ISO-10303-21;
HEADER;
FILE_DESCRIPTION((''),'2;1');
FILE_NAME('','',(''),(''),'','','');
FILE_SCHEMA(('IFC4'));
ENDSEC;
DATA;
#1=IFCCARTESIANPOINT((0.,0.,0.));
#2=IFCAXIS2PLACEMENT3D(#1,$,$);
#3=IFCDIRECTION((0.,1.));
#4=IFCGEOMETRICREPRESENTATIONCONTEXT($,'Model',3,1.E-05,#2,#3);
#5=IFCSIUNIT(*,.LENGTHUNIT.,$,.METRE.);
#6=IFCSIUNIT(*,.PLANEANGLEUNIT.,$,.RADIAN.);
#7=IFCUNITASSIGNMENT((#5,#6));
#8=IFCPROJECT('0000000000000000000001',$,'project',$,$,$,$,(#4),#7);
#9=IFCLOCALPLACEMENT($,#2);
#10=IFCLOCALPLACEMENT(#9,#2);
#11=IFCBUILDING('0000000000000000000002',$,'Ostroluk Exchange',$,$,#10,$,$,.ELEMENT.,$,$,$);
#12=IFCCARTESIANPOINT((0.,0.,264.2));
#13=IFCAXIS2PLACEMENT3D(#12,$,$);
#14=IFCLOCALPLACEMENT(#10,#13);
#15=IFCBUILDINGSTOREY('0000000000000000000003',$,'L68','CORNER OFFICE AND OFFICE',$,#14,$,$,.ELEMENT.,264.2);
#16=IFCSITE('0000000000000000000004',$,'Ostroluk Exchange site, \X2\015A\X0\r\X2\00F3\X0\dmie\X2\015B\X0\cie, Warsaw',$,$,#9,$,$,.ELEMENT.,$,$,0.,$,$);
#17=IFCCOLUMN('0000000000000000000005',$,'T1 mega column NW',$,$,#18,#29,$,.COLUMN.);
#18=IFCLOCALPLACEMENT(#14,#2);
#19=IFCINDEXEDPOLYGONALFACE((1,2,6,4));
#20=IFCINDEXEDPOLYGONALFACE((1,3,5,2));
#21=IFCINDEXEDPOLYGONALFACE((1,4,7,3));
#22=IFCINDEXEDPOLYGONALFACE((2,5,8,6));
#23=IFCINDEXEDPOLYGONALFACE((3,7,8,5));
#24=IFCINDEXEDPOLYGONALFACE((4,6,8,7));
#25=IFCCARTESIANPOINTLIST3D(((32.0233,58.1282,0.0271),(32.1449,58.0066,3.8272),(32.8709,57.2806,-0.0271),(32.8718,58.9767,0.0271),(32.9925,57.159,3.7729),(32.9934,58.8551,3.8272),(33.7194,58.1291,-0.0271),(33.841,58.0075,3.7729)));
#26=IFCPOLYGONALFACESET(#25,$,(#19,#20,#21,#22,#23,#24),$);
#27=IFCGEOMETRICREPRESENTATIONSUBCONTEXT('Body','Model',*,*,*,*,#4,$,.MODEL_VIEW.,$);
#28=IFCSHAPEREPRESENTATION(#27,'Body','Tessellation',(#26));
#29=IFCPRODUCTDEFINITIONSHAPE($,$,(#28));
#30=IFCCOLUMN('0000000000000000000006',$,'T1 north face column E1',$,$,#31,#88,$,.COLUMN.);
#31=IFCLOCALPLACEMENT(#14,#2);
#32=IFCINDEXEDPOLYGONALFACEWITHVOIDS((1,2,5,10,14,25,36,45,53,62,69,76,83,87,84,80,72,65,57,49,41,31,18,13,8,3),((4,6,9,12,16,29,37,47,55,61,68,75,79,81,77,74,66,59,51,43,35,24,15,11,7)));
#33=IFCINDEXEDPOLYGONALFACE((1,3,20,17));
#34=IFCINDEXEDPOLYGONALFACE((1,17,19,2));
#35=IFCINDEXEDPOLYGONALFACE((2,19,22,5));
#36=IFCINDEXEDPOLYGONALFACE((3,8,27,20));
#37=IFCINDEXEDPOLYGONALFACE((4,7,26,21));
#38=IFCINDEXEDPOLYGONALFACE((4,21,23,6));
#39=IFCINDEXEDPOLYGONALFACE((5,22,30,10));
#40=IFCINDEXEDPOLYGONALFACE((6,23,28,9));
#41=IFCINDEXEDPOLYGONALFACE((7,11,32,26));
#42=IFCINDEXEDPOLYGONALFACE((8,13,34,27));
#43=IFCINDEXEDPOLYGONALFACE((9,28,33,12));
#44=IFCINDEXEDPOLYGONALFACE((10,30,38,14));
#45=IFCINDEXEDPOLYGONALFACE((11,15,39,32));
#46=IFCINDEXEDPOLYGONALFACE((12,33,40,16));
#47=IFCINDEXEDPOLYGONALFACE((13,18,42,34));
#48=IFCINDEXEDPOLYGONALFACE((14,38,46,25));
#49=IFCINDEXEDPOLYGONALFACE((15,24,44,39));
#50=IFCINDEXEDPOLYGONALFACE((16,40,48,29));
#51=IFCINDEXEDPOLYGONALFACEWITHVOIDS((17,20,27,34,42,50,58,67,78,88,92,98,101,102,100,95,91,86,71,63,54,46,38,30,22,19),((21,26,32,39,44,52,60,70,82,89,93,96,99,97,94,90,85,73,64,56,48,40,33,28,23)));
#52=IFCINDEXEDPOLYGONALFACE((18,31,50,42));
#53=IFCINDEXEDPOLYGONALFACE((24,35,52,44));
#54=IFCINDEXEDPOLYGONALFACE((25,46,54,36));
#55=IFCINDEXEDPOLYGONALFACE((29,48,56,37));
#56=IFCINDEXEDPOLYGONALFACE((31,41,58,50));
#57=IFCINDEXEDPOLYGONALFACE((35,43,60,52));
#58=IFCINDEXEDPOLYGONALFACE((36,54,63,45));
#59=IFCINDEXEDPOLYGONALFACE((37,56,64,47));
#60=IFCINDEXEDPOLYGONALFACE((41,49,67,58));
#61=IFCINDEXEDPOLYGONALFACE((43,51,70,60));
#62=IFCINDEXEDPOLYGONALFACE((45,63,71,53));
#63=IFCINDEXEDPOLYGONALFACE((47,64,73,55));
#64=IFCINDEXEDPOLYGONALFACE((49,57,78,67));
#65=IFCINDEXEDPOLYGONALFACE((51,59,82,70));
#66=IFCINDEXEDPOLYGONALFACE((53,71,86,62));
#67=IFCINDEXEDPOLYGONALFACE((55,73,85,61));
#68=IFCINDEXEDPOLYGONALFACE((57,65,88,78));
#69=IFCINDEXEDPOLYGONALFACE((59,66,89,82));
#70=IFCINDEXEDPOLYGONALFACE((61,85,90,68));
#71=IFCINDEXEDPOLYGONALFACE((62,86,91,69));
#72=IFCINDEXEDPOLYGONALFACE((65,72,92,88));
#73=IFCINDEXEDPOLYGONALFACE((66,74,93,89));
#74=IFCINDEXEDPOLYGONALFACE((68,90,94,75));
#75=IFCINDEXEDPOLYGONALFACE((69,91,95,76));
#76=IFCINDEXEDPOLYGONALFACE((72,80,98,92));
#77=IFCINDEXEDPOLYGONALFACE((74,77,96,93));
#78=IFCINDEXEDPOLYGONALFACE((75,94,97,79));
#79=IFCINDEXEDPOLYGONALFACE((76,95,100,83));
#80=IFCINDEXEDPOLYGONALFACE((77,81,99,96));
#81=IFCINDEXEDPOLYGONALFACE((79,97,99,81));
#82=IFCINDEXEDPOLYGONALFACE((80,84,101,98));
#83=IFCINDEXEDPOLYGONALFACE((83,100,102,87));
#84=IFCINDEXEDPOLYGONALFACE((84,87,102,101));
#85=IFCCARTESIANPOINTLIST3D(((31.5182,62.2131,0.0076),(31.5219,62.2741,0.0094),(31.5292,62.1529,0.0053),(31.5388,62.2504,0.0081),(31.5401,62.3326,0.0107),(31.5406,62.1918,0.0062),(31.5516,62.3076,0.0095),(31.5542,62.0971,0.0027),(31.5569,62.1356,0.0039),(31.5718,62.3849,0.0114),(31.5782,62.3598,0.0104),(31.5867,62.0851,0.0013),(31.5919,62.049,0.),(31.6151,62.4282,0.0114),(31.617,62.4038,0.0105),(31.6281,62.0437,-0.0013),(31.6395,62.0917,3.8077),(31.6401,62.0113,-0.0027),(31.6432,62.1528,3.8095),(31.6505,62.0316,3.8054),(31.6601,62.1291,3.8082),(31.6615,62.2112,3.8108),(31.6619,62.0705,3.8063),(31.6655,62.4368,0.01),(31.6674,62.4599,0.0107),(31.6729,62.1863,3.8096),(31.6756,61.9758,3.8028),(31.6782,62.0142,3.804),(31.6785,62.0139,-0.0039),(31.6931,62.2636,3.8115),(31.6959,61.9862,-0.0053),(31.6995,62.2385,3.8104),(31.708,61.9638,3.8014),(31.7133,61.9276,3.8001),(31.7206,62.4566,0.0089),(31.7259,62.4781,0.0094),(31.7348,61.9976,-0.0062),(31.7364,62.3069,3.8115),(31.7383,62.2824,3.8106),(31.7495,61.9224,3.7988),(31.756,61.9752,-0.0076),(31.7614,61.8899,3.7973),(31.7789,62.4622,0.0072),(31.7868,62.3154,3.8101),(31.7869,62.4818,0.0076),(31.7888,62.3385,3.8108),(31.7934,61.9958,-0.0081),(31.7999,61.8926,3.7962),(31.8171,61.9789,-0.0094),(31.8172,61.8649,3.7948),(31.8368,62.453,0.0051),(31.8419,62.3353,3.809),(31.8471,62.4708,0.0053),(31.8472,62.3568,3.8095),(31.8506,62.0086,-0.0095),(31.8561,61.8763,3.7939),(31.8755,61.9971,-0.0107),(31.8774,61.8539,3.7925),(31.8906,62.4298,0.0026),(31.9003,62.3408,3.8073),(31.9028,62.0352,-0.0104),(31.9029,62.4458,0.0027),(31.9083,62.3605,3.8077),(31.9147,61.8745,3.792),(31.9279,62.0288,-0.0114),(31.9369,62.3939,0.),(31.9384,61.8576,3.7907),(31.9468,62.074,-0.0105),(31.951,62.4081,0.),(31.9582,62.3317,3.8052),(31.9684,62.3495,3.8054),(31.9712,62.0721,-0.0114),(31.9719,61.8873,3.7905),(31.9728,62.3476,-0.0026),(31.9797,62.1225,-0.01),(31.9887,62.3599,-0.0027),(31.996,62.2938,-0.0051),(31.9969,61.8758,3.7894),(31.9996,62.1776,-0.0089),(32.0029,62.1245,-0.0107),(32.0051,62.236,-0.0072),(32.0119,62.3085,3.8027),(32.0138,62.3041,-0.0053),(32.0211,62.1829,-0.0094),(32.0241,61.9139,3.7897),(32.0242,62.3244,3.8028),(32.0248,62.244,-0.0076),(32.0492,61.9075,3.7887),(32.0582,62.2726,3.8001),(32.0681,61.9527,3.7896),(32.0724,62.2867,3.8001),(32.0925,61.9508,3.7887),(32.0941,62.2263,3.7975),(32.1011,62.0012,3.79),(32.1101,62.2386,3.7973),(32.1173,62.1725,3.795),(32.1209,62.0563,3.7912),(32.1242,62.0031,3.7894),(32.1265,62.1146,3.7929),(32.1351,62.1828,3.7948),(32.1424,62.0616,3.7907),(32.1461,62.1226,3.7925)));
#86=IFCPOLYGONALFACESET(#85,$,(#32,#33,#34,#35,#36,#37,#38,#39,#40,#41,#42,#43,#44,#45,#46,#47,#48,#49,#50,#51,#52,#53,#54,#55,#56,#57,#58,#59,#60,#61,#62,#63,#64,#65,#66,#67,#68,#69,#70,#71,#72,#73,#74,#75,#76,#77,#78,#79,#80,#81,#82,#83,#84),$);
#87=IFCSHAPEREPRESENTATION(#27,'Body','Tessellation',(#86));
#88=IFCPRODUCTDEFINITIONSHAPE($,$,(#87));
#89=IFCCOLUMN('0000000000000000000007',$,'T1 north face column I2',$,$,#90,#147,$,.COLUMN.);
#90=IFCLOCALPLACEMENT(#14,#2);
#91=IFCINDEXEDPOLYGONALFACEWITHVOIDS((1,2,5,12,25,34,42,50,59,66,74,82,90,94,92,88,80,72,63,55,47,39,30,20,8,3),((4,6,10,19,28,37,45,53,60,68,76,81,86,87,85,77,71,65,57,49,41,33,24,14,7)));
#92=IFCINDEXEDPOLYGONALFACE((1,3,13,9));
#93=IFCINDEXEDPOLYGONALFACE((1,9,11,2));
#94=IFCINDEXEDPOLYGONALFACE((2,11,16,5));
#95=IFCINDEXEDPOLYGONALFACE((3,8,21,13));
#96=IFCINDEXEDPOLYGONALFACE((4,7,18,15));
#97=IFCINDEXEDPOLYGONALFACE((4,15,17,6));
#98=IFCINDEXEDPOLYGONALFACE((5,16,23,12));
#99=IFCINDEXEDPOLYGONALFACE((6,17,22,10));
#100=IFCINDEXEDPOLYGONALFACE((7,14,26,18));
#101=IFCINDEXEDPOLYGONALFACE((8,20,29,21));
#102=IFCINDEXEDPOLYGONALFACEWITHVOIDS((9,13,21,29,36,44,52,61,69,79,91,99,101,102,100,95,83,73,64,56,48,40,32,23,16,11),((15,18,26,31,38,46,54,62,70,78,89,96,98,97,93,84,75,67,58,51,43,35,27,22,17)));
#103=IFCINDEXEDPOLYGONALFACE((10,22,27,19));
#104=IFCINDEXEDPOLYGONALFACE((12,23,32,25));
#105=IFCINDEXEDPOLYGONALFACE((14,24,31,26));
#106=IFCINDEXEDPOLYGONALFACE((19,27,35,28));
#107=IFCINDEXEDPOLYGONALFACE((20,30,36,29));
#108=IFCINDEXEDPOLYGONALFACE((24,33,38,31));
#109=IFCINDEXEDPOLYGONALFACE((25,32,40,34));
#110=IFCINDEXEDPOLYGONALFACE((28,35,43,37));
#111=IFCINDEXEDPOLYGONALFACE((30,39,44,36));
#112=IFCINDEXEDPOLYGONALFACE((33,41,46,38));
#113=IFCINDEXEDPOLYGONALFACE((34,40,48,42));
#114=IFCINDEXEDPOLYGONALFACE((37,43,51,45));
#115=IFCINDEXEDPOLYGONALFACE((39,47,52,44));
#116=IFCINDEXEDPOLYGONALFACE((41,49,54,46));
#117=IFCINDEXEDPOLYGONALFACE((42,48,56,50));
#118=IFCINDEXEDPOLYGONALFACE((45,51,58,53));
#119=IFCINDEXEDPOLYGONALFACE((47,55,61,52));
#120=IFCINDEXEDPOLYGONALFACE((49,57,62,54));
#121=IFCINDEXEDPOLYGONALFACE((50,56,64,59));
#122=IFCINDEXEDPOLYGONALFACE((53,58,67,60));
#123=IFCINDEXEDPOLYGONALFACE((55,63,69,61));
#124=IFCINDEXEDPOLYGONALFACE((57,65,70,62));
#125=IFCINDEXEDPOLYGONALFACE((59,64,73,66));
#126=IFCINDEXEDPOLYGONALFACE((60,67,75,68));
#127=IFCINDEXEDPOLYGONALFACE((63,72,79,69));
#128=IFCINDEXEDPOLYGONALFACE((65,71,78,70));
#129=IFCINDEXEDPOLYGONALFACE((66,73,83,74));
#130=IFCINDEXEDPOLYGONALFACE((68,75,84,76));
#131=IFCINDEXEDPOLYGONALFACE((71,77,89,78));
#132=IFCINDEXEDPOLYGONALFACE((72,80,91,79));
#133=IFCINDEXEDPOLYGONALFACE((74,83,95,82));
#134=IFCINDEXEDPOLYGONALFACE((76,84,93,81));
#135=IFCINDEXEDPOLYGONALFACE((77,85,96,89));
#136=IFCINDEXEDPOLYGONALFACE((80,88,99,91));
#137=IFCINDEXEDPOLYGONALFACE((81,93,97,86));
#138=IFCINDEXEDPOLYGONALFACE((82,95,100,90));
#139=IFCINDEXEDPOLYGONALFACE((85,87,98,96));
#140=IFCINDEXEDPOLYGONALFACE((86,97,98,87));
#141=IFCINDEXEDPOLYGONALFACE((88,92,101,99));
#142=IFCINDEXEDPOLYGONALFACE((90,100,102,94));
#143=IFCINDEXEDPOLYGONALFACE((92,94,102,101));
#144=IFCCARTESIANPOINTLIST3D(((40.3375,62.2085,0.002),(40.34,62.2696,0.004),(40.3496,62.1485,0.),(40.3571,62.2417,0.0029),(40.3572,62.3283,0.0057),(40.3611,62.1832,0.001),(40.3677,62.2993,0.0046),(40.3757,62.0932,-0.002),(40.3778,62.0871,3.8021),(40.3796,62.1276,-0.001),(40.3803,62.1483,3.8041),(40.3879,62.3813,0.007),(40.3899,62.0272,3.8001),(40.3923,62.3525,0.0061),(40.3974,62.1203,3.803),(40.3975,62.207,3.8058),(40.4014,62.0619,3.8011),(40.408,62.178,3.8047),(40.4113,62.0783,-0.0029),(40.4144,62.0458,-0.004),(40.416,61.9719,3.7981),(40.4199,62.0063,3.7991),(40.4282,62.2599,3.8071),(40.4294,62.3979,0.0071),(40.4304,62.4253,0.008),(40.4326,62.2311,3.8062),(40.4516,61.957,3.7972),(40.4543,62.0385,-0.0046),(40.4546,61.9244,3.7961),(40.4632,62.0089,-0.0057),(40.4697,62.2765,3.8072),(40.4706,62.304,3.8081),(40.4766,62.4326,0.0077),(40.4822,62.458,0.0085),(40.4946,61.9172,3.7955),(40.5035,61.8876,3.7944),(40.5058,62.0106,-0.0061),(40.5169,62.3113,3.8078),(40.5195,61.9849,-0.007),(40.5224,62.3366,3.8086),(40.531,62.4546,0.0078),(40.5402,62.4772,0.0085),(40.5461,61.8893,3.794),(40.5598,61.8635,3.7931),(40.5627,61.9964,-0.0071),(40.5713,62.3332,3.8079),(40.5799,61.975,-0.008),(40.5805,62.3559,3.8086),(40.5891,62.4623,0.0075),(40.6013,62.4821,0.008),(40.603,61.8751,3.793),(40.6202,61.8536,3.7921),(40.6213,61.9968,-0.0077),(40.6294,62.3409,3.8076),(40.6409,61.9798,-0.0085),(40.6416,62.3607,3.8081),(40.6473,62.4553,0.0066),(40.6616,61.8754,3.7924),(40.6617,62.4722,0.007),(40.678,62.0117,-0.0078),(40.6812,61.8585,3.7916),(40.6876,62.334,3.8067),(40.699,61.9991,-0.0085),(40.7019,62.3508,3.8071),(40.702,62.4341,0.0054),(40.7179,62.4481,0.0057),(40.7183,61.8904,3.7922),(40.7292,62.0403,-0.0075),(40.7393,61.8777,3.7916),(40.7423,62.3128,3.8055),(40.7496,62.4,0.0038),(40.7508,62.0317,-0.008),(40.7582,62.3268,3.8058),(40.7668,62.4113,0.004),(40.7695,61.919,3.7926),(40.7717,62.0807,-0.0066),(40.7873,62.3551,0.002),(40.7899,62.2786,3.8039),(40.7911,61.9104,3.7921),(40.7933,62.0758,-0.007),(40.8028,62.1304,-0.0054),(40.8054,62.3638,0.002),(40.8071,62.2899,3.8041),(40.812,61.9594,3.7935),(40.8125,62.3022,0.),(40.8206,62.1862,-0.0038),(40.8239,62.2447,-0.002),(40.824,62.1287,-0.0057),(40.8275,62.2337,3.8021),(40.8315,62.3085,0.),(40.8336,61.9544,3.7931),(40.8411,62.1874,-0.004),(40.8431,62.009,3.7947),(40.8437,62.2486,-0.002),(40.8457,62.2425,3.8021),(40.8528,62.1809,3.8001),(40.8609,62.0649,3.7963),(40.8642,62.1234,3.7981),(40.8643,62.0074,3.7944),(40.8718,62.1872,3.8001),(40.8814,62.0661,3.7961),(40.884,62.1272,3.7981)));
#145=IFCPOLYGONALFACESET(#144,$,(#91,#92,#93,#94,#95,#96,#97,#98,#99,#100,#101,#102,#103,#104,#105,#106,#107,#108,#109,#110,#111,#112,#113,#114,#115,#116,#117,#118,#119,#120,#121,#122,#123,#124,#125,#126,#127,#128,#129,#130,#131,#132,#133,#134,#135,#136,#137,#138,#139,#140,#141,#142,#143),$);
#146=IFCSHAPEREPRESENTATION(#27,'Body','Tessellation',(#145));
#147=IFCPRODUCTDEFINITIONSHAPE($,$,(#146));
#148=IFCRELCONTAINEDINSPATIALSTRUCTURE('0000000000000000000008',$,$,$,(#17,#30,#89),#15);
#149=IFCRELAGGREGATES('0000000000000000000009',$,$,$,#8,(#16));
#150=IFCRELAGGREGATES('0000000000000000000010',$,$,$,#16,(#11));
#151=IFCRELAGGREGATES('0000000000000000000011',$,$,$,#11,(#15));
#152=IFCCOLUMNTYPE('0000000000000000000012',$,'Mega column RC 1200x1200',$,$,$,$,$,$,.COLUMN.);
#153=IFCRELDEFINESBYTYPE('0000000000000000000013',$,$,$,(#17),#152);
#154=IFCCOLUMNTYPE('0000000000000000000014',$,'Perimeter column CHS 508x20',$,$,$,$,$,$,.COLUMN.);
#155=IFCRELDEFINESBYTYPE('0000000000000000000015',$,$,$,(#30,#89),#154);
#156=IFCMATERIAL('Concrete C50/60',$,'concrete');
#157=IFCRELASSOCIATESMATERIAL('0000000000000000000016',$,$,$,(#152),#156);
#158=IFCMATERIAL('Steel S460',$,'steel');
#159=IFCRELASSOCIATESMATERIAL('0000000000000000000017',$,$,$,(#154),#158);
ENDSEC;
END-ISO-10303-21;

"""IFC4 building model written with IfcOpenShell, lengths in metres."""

from ifc_helpers import new_model, si_unit, direction, frame, origin, origin_2d, place, context, subcontext, project, spatial, rectangle, hollow_circle, extrude, material, material_profile, profile_set, type_object, element, save


model = new_model("IFC4")

# Units and contexts
model_context = context("Model", 3, precision=1e-05, world=origin(), true_north=direction((0.0, 1.0)))
body_context = subcontext(model_context, "Body", "Model", "MODEL_VIEW")
ifc_project = project(units=[si_unit("LENGTHUNIT", "METRE"), si_unit("PLANEANGLEUNIT", "RADIAN")], contexts=[model_context])

# Site, building, storey
site_placement = place(None, origin())
site = spatial("IfcSite", under=ifc_project, at=site_placement, Name="Ostroluk Exchange site, Śródmieście, Warsaw", CompositionType="ELEMENT", RefElevation=0.0)
building_placement = place(site_placement, origin())
building = spatial("IfcBuilding", under=site, at=building_placement, Name="Ostroluk Exchange", CompositionType="ELEMENT")
storey_placement = place(building_placement, frame((0.0, 0.0, 264.2)))
storey = spatial("IfcBuildingStorey", under=building, at=storey_placement, Name="L68", Description="CORNER OFFICE AND OFFICE", CompositionType="ELEMENT", Elevation=264.2)

# Columns
ifc_material_1 = material(Name="Concrete C50/60", Category="concrete")
ifc_material_profile_1 = material_profile(ifc_material_1, rectangle(XDim=1.2, YDim=1.2, at=origin_2d()), Name="RC 1200x1200")
ifc_profile_set_1 = profile_set([ifc_material_profile_1], Name="Concrete C50/60")
column_type_1 = type_object("IfcColumnType", Name="Mega column RC 1200x1200", PredefinedType="COLUMN", material=ifc_profile_set_1)
column_1_placement = place(storey_placement, frame((32.8713, 58.1287, 0.0), z_axis=(0.031962, -0.031962, 0.998978), x_axis=(0.707107, 0.707107, 0.0)))
element("IfcColumn", 1, at=column_1_placement, inside=storey, type_object=column_type_1, Name="T1 mega column NW", PredefinedType="COLUMN", context=body_context, shape_type="SweptSolid", body=[
    extrude(rectangle(XDim=1.2, YDim=1.2, at=origin_2d()), origin(), (0.0, 0.0, 1.0), 3.804),
])
ifc_material_2 = material(Name="Steel S460", Category="steel")
ifc_material_profile_2 = material_profile(ifc_material_2, hollow_circle(Radius=0.2539, WallThickness=0.02, at=origin_2d()), Name="CHS 508x20")
ifc_profile_set_2 = profile_set([ifc_material_profile_2], Name="Steel S460")
column_type_2 = type_object("IfcColumnType", Name="Perimeter column CHS 508x20", PredefinedType="COLUMN", material=ifc_profile_set_2)
column_2_placement = place(storey_placement, frame((31.7715, 62.2285, 0.0), z_axis=(0.031898, -0.031898, 0.998982), x_axis=(0.707107, 0.707107, 0.0)))
element("IfcColumn", 2, at=column_2_placement, inside=storey, type_object=column_type_2, Name="T1 north face column E1", PredefinedType="COLUMN", context=body_context, shape_type="SweptSolid", body=[
    extrude(hollow_circle(Radius=0.2539, WallThickness=0.02, at=origin_2d()), origin(), (0.0, 0.0, 1.0), 3.804),
])
column_3_placement = place(storey_placement, frame((40.5906, 62.2285, 0.0), z_axis=(0.010595, -0.031913, 0.999435), x_axis=(0.949065, 0.315082, 0.0)))
element("IfcColumn", 3, at=column_3_placement, inside=storey, type_object=column_type_2, Name="T1 north face column I2", PredefinedType="COLUMN", context=body_context, shape_type="SweptSolid", body=[
    extrude(hollow_circle(Radius=0.2539, WallThickness=0.02, at=origin_2d()), origin(), (0.0, 0.0, 1.0), 3.8022),
])

save(model, "model.ifc")
